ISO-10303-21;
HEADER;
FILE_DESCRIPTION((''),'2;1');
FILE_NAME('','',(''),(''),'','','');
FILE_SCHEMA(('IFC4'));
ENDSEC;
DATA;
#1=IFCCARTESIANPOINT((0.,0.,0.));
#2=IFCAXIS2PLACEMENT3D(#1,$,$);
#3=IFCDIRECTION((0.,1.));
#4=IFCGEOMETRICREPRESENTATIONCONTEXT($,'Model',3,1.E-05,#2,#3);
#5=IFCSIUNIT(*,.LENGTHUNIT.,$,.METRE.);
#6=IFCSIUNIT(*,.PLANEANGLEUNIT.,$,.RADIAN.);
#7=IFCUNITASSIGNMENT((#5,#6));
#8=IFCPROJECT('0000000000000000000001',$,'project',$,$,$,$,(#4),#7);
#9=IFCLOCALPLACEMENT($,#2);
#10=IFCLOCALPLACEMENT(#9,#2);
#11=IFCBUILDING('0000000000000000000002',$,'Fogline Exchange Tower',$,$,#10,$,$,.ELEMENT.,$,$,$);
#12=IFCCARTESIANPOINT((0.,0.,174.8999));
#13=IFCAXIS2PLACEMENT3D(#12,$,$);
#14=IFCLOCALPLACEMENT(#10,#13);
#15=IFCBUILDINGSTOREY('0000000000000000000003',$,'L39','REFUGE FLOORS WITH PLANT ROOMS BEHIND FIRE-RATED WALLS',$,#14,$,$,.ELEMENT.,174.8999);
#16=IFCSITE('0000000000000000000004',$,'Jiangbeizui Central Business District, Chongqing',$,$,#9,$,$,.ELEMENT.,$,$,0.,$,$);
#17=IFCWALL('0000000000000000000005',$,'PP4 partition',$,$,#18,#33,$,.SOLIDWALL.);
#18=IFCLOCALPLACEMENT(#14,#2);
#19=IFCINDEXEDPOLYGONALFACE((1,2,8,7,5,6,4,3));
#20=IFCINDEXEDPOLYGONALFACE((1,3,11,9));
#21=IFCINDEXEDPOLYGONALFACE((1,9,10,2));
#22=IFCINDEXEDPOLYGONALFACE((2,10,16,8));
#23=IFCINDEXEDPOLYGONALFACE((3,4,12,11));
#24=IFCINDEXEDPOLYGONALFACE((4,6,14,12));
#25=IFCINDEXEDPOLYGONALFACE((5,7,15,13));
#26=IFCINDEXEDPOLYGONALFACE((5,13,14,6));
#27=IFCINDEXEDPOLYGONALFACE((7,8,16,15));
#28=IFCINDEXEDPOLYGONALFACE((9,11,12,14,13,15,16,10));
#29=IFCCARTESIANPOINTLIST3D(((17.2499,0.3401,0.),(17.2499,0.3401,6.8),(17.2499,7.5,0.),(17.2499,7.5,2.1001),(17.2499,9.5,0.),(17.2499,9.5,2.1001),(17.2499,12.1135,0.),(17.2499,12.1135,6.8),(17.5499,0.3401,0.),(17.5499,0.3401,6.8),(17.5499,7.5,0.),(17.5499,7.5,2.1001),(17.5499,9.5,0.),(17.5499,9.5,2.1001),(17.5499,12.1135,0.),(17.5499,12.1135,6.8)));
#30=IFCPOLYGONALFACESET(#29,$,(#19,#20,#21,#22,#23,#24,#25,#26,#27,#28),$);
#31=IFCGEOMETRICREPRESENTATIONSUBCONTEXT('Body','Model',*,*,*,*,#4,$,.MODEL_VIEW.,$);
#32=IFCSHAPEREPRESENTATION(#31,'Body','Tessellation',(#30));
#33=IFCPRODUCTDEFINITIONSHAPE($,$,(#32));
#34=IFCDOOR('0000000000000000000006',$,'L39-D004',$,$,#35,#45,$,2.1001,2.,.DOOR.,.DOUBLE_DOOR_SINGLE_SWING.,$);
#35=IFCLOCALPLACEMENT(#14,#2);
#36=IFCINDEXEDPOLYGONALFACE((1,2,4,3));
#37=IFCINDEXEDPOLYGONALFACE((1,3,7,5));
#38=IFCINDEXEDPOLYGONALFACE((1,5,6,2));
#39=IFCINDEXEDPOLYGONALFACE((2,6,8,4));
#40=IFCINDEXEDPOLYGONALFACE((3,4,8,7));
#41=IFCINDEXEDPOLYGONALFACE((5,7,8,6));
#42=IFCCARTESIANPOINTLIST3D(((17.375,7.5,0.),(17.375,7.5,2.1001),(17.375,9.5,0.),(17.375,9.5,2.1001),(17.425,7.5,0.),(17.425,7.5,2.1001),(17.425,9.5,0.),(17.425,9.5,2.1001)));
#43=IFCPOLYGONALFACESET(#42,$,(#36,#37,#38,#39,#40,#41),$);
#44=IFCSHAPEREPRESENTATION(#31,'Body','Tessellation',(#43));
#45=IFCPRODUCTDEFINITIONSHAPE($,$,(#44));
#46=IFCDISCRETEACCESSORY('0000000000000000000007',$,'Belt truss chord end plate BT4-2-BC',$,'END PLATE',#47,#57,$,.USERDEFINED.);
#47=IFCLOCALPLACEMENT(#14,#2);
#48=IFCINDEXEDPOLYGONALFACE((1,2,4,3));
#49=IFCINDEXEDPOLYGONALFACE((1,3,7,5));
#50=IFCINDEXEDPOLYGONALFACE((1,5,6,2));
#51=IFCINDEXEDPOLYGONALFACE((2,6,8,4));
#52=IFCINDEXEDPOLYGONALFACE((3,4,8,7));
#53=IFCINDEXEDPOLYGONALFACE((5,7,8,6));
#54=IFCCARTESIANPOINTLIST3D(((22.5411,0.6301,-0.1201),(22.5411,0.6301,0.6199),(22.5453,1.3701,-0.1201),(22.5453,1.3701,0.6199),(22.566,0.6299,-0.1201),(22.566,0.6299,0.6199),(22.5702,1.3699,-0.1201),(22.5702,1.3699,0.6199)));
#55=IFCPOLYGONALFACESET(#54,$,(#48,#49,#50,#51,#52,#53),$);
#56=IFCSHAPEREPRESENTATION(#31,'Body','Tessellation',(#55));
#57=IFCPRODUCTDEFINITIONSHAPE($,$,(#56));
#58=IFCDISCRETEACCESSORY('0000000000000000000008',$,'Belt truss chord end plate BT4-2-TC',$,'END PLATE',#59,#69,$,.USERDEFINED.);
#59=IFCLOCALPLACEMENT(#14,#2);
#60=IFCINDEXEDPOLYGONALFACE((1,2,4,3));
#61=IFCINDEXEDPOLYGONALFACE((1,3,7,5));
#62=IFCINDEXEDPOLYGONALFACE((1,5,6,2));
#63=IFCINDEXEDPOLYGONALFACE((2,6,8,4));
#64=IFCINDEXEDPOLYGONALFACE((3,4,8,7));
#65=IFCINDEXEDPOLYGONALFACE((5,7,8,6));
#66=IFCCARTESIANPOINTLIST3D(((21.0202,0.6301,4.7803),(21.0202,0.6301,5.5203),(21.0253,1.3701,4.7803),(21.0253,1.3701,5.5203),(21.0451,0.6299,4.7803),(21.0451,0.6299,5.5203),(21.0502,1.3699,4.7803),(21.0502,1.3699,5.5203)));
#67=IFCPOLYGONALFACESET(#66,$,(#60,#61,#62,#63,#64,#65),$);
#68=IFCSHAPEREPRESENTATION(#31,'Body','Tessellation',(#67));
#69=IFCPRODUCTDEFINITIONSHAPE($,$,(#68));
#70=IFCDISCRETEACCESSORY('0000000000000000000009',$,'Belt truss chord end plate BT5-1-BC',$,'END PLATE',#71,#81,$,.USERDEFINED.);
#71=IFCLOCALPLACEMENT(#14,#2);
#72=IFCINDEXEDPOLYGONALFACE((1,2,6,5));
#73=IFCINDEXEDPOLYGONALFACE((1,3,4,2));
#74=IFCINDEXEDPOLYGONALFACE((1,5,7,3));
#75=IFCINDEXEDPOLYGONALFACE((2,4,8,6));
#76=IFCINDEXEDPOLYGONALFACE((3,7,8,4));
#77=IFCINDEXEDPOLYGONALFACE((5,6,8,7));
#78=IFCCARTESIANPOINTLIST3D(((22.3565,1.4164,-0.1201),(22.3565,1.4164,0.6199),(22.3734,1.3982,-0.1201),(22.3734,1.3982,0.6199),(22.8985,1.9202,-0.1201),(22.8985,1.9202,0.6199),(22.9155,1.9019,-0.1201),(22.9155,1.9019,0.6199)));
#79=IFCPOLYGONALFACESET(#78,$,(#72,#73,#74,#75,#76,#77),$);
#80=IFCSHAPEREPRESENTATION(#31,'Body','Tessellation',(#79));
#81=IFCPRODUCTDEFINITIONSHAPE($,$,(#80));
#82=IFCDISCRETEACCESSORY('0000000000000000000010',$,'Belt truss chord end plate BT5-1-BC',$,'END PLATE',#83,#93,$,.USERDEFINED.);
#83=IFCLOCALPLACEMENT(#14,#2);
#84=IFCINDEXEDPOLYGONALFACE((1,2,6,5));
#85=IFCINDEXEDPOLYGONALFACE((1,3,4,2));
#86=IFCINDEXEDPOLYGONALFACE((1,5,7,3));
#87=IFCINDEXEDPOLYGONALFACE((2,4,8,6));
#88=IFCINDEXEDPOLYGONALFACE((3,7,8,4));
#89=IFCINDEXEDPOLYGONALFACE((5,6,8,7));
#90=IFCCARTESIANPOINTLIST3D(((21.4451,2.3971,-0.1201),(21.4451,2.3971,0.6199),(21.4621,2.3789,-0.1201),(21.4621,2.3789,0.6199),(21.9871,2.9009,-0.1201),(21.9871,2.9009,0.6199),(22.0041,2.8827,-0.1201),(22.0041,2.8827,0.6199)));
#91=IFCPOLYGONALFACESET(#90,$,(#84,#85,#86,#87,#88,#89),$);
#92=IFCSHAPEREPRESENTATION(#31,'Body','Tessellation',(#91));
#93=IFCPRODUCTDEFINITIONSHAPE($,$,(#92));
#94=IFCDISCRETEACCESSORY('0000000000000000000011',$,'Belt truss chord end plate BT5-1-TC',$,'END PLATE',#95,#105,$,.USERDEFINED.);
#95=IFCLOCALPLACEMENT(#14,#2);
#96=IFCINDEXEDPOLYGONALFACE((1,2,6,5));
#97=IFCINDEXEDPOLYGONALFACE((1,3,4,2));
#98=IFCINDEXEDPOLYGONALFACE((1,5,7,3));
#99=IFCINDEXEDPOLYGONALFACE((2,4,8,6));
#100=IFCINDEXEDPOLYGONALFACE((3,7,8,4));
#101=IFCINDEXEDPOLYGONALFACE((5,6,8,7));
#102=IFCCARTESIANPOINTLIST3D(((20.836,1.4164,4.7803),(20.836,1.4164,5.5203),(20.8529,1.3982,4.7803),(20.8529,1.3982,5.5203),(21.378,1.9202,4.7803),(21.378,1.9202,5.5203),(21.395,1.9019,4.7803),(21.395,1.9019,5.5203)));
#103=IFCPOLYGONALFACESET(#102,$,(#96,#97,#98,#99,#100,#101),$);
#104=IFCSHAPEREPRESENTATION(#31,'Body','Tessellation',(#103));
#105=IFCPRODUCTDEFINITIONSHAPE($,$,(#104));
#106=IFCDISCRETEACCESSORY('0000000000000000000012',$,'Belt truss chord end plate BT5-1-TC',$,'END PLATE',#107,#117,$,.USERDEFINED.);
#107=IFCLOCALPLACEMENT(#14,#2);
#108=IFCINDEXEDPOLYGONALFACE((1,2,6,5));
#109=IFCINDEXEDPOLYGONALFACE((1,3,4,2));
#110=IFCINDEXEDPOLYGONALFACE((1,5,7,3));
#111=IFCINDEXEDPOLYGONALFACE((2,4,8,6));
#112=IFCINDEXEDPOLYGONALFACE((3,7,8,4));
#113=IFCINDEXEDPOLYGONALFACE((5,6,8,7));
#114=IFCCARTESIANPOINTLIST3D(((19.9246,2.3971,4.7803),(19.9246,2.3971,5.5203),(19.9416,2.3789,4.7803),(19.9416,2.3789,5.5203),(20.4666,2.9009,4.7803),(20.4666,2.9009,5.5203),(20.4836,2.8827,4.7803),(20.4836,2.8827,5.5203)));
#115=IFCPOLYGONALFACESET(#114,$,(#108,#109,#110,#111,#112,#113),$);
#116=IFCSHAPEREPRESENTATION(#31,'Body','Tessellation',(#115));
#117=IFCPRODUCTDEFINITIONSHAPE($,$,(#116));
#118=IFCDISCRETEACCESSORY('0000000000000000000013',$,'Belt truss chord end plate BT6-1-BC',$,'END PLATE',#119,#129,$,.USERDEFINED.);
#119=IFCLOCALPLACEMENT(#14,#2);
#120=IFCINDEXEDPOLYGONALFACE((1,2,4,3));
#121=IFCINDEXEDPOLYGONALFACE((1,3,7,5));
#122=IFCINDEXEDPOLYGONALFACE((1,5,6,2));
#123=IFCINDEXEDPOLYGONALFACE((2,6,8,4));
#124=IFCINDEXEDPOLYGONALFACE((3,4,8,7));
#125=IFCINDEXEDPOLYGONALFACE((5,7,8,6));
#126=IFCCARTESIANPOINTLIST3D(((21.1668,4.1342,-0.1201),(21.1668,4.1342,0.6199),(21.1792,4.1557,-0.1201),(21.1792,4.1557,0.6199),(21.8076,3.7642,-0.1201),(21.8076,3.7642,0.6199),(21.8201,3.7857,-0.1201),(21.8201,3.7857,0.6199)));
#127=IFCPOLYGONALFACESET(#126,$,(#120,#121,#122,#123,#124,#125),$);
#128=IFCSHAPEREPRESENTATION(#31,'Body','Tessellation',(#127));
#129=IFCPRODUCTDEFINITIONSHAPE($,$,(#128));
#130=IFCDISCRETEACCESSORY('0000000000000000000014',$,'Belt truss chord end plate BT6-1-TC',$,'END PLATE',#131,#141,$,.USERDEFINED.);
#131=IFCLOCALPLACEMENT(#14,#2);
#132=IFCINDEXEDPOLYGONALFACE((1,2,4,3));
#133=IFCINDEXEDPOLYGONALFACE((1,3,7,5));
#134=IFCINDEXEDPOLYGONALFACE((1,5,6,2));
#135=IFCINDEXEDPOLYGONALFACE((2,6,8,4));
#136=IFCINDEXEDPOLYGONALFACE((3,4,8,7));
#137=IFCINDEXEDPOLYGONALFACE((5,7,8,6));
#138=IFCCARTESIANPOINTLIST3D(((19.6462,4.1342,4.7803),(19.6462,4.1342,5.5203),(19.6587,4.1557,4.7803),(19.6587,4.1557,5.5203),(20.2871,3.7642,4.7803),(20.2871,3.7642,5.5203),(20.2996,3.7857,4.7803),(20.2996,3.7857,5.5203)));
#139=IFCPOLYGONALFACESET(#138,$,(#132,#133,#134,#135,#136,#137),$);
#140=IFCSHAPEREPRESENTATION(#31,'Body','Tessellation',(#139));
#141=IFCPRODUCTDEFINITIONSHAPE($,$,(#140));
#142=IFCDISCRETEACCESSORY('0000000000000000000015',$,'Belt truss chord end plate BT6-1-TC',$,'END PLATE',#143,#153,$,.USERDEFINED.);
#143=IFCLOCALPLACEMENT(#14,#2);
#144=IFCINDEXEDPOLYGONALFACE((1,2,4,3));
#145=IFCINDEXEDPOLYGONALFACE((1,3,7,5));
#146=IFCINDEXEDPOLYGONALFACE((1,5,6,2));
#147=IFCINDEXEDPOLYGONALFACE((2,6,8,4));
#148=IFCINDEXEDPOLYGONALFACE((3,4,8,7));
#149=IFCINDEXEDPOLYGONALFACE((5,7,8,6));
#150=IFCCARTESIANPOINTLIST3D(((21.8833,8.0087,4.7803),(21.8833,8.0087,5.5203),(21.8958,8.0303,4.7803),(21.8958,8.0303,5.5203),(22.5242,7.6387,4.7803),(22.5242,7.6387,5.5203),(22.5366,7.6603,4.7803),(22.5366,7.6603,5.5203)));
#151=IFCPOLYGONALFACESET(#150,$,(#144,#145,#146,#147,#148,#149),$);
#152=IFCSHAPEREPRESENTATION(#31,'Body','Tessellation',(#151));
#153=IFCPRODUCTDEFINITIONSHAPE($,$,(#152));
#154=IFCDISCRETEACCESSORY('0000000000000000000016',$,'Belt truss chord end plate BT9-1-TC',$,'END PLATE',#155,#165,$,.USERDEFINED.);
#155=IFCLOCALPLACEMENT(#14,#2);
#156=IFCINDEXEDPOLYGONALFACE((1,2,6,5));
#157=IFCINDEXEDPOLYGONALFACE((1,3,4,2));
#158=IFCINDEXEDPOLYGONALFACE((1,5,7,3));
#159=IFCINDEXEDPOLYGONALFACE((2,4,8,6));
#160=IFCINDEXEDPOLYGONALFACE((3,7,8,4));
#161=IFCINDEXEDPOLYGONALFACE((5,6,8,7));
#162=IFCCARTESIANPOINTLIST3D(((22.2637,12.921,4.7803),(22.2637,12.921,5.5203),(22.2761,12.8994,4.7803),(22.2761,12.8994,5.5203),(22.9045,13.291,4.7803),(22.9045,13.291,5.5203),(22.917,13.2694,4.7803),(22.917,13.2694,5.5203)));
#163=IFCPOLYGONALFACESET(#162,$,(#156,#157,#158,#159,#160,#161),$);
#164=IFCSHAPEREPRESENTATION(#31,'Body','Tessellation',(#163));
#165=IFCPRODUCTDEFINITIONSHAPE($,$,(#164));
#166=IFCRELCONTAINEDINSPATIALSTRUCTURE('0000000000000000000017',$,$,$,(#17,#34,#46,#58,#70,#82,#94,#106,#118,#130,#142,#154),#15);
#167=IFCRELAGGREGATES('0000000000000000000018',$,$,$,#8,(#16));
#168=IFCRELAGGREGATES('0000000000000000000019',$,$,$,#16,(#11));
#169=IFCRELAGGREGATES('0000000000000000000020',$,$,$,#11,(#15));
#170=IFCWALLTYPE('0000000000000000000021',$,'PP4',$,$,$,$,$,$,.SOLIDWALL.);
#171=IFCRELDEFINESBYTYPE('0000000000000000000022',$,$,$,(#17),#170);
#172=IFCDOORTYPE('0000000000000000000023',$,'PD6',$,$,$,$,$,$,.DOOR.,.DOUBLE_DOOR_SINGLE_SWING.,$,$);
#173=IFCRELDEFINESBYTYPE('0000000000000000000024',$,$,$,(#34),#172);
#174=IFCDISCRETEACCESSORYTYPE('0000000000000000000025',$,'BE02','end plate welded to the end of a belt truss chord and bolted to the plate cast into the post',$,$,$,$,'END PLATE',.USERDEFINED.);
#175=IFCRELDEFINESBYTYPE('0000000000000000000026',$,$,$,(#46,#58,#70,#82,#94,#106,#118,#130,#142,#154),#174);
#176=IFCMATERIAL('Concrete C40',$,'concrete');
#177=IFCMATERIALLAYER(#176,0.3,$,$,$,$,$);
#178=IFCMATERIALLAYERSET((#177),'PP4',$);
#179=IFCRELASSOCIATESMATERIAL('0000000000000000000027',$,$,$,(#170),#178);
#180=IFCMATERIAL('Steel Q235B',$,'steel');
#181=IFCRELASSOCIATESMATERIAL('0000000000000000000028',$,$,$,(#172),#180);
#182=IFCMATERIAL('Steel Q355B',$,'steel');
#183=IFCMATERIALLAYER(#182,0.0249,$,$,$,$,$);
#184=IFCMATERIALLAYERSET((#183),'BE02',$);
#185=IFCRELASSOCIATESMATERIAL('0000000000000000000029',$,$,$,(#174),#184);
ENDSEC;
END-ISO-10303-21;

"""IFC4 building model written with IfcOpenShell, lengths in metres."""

from ifc_helpers import new_model, si_unit, direction, frame, frame_2d, origin, origin_2d, place, context, subcontext, project, spatial, rectangle, extrude, material, layer, layer_set, type_object, element, fill, save


model = new_model("IFC4")

# Units and contexts
model_context = context("Model", 3, precision=1e-05, world=origin(), true_north=direction((0.0, 1.0)))
body_context = subcontext(model_context, "Body", "Model", "MODEL_VIEW")
ifc_project = project(units=[si_unit("LENGTHUNIT", "METRE"), si_unit("PLANEANGLEUNIT", "RADIAN")], contexts=[model_context])

# Site, building, storey
site_placement = place(None, origin())
site = spatial("IfcSite", under=ifc_project, at=site_placement, Name="Jiangbeizui Central Business District, Chongqing", CompositionType="ELEMENT", RefElevation=0.0)
building_placement = place(site_placement, origin())
building = spatial("IfcBuilding", under=site, at=building_placement, Name="Fogline Exchange Tower", CompositionType="ELEMENT")
storey_placement = place(building_placement, frame((0.0, 0.0, 174.8999)))
storey = spatial("IfcBuildingStorey", under=building, at=storey_placement, Name="L39", Description="REFUGE FLOORS WITH PLANT ROOMS BEHIND FIRE-RATED WALLS", CompositionType="ELEMENT", Elevation=174.8999)

# Shared definitions
ifc_material_1 = material(Name="Concrete C40", Category="concrete")

# Shared definitions
ifc_material_2 = material(Name="Steel Q355B", Category="steel")

# Wall, opening, door
ifc_layer_1 = layer(ifc_material_1, 0.3)
ifc_layer_set_1 = layer_set([ifc_layer_1], Name="PP4")
wall_type_1 = type_object("IfcWallType", Name="PP4", PredefinedType="SOLIDWALL", material=ifc_layer_set_1)
wall_1_placement = place(storey_placement, frame((17.3999, 12.1135, 0.0), z_axis=(0.0, 0.0, 1.0), x_axis=(0.0, -1.0, 0.0)))
wall_1 = element("IfcWall", 1, at=wall_1_placement, inside=storey, type_object=wall_type_1, Name="PP4 partition", PredefinedType="SOLIDWALL", context=body_context, shape_type="SweptSolid", body=[
    extrude(rectangle(XDim=11.7734, YDim=0.3, at=frame_2d((5.8867, 0.0))), origin(), (0.0, 0.0, 1.0), 6.8),
])
opening_placement = place(wall_1_placement, frame((2.6135, 0.0, 0.0)))
opening = element("IfcOpeningElement", 2, at=opening_placement, cuts=wall_1, PredefinedType="OPENING", context=body_context, shape_type="SweptSolid", body=[
    extrude(rectangle(XDim=2.0, YDim=2.1001, at=frame_2d((1.0, 1.05))), frame((0.0, 0.1602, 0.0), z_axis=(0.0, -1.0, 0.0), x_axis=(1.0, 0.0, 0.0)), (0.0, 0.0, 1.0), 0.3201),
])
ifc_material_3 = material(Name="Steel Q235B", Category="steel")
door_type = type_object("IfcDoorType", Name="PD6", OperationType="DOUBLE_DOOR_SINGLE_SWING", PredefinedType="DOOR", material=ifc_material_3)
door_placement = place(opening_placement, frame((2.0, 0.0, 0.0), z_axis=(0.0, 0.0, 1.0), x_axis=(-1.0, 0.0, 0.0)))
door = element("IfcDoor", 3, at=door_placement, inside=storey, type_object=door_type, Name="L39-D004", OperationType="DOUBLE_DOOR_SINGLE_SWING", OverallHeight=2.1001, OverallWidth=2.0, PredefinedType="DOOR", context=body_context, shape_type="SweptSolid", body=[
    extrude(rectangle(XDim=2.0, YDim=2.1001, at=frame_2d((1.0, 1.05))), frame((0.0, 0.0249, 0.0), z_axis=(0.0, -1.0, 0.0), x_axis=(1.0, 0.0, 0.0)), (0.0, 0.0, 1.0), 0.05),
])
fill(opening, door)

# Discrete accessories
ifc_layer_2 = layer(ifc_material_2, 0.0249)
ifc_layer_set_2 = layer_set([ifc_layer_2], Name="BE02")
discrete_accessory_type = type_object("IfcDiscreteAccessoryType", Name="BE02", Description="end plate welded to the end of a belt truss chord and bolted to the plate cast into the post", ElementType="END PLATE", PredefinedType="USERDEFINED", material=ifc_layer_set_2)
for number, where, z_axis, x_axis, name in (
    (4, (22.5557, 1.0, -0.1201), (0.0, 0.0, 1.0), (0.999984, -0.005702, 0.0), "Belt truss chord end plate BT4-2-BC"),
    (5, (21.0352, 1.0, 4.7803), (0.0, 0.0, 1.0), (0.999976, -0.006899, 0.0), "Belt truss chord end plate BT4-2-TC"),
    (6, (22.636, 1.6592, -0.1201), (0.0, 0.0, 1.0), (0.680781, -0.732487, 0.0), "Belt truss chord end plate BT5-1-BC"),
    (7, (21.7246, 2.6399, -0.1201), (0.0, 0.0, 1.0), (-0.680781, 0.732487, 0.0), "Belt truss chord end plate BT5-1-BC"),
    (8, (21.1155, 1.6592, 4.7803), (0.0, 0.0, 1.0), (0.680781, -0.732487, 0.0), "Belt truss chord end plate BT5-1-TC"),
    (9, (20.2041, 2.6399, 4.7803), (0.0, 0.0, 1.0), (-0.680781, 0.732487, 0.0), "Belt truss chord end plate BT5-1-TC"),
    (10, (21.4934, 3.96, -0.1201), (0.0, 0.0, 1.0), (-0.5, -0.866025, 0.0), "Belt truss chord end plate BT6-1-BC"),
    (11, (19.9729, 3.96, 4.7803), (0.0, 0.0, 1.0), (-0.5, -0.866025, 0.0), "Belt truss chord end plate BT6-1-TC"),
    (12, (22.21, 7.8345, 4.7803), (0.0, 0.0, 1.0), (0.5, 0.866025, 0.0), "Belt truss chord end plate BT6-1-TC"),
    (13, (22.5903, 13.0952, 4.7803), (0.0, 0.0, 1.0), (0.5, -0.866025, 0.0), "Belt truss chord end plate BT9-1-TC"),
):
    element("IfcDiscreteAccessory", number, at=place(storey_placement, frame(where, z_axis=z_axis, x_axis=x_axis)), inside=storey, type_object=discrete_accessory_type, Name=name, ObjectType="END PLATE", PredefinedType="USERDEFINED", context=body_context, shape_type="SweptSolid", body=[
        extrude(rectangle(XDim=0.0249, YDim=0.74, at=origin_2d()), origin(), (0.0, 0.0, 1.0), 0.74),
    ])

save(model, "model.ifc")
